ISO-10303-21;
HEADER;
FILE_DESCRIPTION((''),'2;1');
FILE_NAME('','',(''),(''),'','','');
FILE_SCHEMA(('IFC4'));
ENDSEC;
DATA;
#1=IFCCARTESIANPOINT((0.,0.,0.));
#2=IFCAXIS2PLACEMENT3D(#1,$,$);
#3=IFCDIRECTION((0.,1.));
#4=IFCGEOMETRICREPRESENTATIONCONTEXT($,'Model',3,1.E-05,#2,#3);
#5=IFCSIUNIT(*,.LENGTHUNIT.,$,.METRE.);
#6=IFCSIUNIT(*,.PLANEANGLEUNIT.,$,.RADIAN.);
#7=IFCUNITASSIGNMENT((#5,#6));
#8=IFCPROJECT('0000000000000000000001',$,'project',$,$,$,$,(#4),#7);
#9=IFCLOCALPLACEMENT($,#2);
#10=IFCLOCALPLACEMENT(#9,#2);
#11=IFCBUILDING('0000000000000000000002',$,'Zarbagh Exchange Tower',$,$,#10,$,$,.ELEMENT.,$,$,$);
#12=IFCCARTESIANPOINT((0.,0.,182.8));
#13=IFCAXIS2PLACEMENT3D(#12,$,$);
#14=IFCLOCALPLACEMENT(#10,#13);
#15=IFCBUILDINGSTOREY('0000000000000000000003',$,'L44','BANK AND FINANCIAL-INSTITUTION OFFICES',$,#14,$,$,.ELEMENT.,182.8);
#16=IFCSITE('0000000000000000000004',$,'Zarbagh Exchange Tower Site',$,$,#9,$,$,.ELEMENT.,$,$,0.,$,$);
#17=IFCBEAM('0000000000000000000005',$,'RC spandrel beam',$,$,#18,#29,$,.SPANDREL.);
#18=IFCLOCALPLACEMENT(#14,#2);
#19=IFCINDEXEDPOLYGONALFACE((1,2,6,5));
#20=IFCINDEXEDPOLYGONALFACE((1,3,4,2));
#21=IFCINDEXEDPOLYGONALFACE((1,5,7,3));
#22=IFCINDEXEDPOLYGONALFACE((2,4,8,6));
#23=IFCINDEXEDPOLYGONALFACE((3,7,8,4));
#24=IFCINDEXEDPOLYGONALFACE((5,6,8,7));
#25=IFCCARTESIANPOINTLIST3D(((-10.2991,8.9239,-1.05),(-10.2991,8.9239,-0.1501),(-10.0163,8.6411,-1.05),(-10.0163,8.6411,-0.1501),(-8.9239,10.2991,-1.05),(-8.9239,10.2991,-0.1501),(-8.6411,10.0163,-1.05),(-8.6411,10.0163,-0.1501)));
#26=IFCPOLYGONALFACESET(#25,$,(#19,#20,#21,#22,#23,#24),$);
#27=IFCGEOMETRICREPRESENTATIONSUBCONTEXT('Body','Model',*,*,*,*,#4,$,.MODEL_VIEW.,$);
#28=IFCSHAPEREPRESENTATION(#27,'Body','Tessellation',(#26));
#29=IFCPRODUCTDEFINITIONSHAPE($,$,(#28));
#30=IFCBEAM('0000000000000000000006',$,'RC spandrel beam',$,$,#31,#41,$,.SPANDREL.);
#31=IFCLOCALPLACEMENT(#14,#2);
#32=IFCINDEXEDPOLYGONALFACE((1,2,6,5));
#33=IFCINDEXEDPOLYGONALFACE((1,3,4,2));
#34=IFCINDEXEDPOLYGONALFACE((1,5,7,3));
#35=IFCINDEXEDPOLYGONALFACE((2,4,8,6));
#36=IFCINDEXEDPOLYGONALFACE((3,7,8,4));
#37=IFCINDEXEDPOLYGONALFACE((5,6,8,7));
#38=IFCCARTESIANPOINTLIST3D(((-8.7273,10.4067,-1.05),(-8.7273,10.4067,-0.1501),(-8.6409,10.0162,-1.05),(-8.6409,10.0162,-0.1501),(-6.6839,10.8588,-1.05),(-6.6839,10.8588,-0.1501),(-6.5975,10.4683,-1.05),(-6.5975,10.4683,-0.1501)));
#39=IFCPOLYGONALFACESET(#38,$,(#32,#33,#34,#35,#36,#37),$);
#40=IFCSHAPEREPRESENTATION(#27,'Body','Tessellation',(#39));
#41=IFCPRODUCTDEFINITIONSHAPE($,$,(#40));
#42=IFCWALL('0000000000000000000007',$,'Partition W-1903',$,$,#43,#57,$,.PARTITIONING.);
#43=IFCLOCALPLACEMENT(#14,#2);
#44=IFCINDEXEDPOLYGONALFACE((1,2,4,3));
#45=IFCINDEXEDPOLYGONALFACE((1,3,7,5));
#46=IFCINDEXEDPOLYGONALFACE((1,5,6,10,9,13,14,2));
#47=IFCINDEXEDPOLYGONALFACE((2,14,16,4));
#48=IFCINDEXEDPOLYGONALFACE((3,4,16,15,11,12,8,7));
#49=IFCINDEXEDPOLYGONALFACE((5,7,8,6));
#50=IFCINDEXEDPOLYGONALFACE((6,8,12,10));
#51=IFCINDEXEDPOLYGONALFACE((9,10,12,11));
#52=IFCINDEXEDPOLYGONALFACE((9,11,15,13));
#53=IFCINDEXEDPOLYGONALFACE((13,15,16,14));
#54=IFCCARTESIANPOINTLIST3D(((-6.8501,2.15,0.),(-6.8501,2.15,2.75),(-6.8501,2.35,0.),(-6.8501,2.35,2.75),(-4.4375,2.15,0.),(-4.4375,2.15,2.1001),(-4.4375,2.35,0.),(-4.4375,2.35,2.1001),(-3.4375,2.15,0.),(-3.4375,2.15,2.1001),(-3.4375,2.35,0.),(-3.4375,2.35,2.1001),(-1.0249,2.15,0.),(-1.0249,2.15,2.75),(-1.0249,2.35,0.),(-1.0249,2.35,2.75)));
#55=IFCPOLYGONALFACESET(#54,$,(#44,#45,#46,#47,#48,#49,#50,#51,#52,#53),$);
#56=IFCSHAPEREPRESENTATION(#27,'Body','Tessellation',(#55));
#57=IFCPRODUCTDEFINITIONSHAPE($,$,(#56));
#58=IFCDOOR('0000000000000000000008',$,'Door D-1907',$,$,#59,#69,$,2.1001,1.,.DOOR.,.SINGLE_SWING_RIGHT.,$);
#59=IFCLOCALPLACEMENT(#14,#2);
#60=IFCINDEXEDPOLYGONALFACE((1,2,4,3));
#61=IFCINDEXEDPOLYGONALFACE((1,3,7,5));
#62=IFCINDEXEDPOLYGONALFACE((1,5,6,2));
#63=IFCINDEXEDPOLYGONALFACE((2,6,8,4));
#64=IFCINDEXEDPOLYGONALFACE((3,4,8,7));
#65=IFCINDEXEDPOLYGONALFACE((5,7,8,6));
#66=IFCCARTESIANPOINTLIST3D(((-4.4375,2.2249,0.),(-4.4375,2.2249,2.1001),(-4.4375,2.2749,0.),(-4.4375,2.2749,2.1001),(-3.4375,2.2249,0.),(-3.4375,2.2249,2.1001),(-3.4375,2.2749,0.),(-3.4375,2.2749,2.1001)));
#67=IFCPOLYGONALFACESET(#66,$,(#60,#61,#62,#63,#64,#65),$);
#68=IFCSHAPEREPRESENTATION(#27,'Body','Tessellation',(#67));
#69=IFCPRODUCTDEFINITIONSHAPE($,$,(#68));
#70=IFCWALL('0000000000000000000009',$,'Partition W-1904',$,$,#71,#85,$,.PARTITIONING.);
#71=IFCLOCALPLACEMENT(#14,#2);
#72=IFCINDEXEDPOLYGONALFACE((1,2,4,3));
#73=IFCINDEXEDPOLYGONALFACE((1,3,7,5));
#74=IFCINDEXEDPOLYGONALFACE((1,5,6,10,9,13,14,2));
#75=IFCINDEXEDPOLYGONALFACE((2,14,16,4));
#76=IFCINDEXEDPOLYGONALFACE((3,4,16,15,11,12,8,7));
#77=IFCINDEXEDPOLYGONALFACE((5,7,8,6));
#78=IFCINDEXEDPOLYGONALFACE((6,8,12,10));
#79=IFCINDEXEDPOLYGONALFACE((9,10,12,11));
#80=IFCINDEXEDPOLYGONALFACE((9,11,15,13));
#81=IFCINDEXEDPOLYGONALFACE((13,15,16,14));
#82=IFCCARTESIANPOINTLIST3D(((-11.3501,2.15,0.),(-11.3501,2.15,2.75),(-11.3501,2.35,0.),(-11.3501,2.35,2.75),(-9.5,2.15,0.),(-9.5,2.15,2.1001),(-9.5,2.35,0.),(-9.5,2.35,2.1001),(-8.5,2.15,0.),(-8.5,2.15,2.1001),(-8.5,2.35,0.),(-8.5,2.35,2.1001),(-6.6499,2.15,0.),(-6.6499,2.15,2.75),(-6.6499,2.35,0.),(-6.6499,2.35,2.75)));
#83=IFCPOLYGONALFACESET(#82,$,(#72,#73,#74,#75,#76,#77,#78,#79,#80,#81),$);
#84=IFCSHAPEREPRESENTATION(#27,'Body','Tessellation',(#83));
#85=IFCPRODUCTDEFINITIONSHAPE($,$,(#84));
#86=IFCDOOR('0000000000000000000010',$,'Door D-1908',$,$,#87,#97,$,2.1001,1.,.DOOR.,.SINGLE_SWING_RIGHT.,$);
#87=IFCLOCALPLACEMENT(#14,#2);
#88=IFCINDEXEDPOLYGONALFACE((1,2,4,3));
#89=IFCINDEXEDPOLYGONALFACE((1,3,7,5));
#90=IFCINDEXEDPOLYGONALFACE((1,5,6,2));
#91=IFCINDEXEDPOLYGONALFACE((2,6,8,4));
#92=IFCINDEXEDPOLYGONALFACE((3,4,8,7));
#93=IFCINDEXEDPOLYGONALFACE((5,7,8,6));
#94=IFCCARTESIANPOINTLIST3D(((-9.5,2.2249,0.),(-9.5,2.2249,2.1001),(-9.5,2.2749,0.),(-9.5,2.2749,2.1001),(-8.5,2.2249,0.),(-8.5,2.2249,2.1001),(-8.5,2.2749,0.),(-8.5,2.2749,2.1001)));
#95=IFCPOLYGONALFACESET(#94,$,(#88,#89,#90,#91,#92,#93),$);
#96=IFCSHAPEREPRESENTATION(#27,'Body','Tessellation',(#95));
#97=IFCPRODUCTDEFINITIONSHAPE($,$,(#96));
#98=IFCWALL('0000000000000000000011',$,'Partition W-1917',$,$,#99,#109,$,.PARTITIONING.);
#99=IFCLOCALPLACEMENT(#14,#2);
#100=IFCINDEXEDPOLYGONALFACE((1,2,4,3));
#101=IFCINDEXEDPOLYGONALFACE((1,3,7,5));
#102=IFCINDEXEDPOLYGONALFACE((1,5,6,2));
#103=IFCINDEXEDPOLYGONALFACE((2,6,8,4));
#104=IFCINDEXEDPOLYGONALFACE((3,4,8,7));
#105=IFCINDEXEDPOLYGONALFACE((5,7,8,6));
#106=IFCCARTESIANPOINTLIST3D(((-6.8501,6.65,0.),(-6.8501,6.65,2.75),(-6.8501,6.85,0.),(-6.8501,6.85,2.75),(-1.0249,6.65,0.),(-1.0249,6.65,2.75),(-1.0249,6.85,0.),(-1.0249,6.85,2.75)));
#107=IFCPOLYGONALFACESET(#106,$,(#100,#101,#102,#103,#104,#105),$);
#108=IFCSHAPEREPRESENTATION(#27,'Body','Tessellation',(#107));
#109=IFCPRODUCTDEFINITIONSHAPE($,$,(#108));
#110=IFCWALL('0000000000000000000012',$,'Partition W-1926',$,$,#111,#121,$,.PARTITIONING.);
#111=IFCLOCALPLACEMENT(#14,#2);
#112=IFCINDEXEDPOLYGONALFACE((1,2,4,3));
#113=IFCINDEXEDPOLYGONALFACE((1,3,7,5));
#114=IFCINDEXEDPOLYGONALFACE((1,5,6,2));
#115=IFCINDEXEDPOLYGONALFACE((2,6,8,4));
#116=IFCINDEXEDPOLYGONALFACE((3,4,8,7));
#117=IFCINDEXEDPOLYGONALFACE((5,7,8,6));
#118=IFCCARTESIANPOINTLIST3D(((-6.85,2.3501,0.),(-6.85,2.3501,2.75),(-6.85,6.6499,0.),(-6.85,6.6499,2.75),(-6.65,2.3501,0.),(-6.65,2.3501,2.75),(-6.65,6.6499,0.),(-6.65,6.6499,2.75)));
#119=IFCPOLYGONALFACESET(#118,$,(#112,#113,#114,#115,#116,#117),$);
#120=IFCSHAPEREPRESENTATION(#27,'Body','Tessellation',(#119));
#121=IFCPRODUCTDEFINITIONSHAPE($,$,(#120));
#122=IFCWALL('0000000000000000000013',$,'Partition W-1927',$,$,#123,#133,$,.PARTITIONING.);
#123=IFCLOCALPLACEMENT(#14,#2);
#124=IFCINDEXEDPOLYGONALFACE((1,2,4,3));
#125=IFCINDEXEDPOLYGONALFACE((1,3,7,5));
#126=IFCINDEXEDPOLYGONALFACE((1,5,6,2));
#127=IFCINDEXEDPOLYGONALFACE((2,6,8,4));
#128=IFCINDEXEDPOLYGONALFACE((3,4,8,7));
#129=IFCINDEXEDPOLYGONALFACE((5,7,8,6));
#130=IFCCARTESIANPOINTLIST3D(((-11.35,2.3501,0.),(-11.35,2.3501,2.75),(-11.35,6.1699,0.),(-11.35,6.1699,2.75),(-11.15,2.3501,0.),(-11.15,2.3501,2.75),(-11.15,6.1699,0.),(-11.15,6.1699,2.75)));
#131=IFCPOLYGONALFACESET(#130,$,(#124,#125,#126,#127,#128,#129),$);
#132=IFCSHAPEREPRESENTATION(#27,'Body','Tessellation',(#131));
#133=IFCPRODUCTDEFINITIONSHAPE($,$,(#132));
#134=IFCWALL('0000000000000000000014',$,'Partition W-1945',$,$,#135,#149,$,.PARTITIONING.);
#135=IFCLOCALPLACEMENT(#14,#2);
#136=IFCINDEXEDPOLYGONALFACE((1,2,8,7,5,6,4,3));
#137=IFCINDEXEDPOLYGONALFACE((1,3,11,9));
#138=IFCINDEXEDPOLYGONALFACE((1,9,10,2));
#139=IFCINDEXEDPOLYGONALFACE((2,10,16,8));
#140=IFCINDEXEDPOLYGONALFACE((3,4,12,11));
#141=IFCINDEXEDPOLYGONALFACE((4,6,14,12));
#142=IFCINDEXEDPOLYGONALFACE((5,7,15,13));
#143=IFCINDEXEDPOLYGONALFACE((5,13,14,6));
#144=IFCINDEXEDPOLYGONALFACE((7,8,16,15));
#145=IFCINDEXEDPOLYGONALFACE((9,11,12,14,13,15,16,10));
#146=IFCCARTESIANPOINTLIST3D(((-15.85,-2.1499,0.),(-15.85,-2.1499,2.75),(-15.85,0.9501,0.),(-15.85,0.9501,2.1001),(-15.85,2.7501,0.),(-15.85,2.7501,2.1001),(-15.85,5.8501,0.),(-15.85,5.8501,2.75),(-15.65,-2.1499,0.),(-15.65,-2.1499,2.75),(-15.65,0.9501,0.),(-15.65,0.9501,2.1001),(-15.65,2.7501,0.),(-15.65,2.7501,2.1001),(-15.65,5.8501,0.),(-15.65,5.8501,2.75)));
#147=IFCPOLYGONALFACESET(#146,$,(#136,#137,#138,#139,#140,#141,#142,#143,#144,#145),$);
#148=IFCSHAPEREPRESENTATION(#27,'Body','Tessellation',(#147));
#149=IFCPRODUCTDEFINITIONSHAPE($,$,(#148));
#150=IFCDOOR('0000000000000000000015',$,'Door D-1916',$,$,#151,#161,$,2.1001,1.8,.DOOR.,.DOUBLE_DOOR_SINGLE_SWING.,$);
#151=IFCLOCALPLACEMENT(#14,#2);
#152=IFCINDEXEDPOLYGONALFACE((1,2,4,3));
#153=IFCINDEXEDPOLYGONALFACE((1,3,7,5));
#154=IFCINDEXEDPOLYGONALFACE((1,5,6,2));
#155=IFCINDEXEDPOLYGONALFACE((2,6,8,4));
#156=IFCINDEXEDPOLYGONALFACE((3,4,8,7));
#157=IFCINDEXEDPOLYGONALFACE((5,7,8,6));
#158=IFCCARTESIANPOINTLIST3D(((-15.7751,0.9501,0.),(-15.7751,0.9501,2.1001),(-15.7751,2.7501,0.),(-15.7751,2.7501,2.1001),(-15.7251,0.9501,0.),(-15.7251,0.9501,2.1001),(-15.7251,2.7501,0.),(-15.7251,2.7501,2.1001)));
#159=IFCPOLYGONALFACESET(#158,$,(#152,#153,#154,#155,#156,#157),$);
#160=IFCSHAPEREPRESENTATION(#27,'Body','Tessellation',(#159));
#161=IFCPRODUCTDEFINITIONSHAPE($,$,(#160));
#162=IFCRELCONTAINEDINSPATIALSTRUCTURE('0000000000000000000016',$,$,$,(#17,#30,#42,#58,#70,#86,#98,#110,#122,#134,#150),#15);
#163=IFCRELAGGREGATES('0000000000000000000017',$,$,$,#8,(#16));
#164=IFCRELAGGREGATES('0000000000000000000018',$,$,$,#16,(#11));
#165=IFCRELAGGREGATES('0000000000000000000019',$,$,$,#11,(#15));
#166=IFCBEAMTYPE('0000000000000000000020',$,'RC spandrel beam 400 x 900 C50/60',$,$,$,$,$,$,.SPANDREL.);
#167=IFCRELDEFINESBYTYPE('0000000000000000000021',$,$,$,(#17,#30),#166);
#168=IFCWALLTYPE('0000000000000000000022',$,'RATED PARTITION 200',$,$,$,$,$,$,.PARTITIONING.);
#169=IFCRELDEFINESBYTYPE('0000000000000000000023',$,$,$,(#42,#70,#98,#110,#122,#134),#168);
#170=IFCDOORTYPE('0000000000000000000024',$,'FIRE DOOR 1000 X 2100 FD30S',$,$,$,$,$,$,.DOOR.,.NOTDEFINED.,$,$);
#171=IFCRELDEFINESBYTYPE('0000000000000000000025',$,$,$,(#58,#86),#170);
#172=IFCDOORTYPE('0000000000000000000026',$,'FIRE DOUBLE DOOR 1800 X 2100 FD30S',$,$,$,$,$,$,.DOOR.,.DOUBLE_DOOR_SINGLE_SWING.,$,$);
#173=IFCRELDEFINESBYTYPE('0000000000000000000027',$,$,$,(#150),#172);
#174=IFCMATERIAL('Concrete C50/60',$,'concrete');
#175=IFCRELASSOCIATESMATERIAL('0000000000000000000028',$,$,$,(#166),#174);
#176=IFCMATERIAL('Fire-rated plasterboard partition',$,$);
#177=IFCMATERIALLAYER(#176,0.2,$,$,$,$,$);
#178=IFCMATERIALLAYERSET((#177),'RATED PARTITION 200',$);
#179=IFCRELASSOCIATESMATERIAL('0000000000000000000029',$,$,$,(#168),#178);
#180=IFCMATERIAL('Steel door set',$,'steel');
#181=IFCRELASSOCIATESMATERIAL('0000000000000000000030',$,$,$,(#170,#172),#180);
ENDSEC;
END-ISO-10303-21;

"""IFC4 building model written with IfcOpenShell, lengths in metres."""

from ifc_helpers import new_model, si_unit, direction, frame, frame_2d, origin, origin_2d, place, context, subcontext, project, spatial, rectangle, extrude, material, layer, layer_set, material_profile, profile_set, type_object, element, fill, save


model = new_model("IFC4")

# Units and contexts
model_context = context("Model", 3, precision=1e-05, world=origin(), true_north=direction((0.0, 1.0)))
body_context = subcontext(model_context, "Body", "Model", "MODEL_VIEW")
ifc_project = project(units=[si_unit("LENGTHUNIT", "METRE"), si_unit("PLANEANGLEUNIT", "RADIAN")], contexts=[model_context])

# Site, building, storey
site_placement = place(None, origin())
site = spatial("IfcSite", under=ifc_project, at=site_placement, Name="Zarbagh Exchange Tower Site", CompositionType="ELEMENT", RefElevation=0.0)
building_placement = place(site_placement, origin())
building = spatial("IfcBuilding", under=site, at=building_placement, Name="Zarbagh Exchange Tower", CompositionType="ELEMENT")
storey_placement = place(building_placement, frame((0.0, 0.0, 182.8)))
storey = spatial("IfcBuildingStorey", under=building, at=storey_placement, Name="L44", Description="BANK AND FINANCIAL-INSTITUTION OFFICES", CompositionType="ELEMENT", Elevation=182.8)

# Shared definitions
ifc_material_1 = material(Name="Concrete C50/60", Category="concrete")

# Beams
ifc_material_profile_1 = material_profile(ifc_material_1, rectangle(XDim=0.3999, YDim=0.8999, at=origin_2d()), Name="RC spandrel beam 400 x 900 C50/60")
ifc_profile_set_1 = profile_set([ifc_material_profile_1], Name="Concrete C50/60")
beam_type_1 = type_object("IfcBeamType", Name="RC spandrel beam 400 x 900 C50/60", PredefinedType="SPANDREL", material=ifc_profile_set_1)
beam_1_placement = place(storey_placement, frame((-10.1577, 8.7825, -0.6001), z_axis=(0.707107, 0.707107, 0.0), x_axis=(-0.707107, 0.707107, 0.0)))
element("IfcBeam", 1, at=beam_1_placement, inside=storey, type_object=beam_type_1, Name="RC spandrel beam", PredefinedType="SPANDREL", context=body_context, shape_type="SweptSolid", body=[
    extrude(rectangle(XDim=0.3999, YDim=0.8999, at=origin_2d()), origin(), (0.0, 0.0, 1.0), 1.9448),
])
beam_2_placement = place(storey_placement, frame((-8.6841, 10.2114, -0.6001), z_axis=(0.976384, 0.216041, 0.0), x_axis=(-0.216041, 0.976384, 0.0)))
element("IfcBeam", 2, at=beam_2_placement, inside=storey, type_object=beam_type_1, Name="RC spandrel beam", PredefinedType="SPANDREL", context=body_context, shape_type="SweptSolid", body=[
    extrude(rectangle(XDim=0.3999, YDim=0.8999, at=origin_2d()), origin(), (0.0, 0.0, 1.0), 2.0928),
])

# Walls, openings, doors
ifc_material_2 = material(Name="Fire-rated plasterboard partition")
ifc_layer = layer(ifc_material_2, 0.2)
ifc_layer_set = layer_set([ifc_layer], Name="RATED PARTITION 200")
wall_type = type_object("IfcWallType", Name="RATED PARTITION 200", PredefinedType="PARTITIONING", material=ifc_layer_set)
wall_1_placement = place(storey_placement, frame((-6.8501, 2.25, 0.0), z_axis=(0.0, 0.0, 1.0), x_axis=(1.0, 0.0, 0.0)))
wall_1 = element("IfcWall", 3, at=wall_1_placement, inside=storey, type_object=wall_type, Name="Partition W-1903", PredefinedType="PARTITIONING", context=body_context, shape_type="SweptSolid", body=[
    extrude(rectangle(XDim=5.8252, YDim=0.2, at=frame_2d((2.9126, 0.0))), origin(), (0.0, 0.0, 1.0), 2.75),
])
opening_1_placement = place(wall_1_placement, frame((2.4126, 0.0, 0.0)))
opening_1 = element("IfcOpeningElement", 4, at=opening_1_placement, cuts=wall_1, PredefinedType="OPENING", context=body_context, shape_type="SweptSolid", body=[
    extrude(rectangle(XDim=1.0, YDim=2.1001, at=frame_2d((0.5, 1.05))), frame((0.0, 0.1099, 0.0), z_axis=(0.0, -1.0, 0.0), x_axis=(1.0, 0.0, 0.0)), (0.0, 0.0, 1.0), 0.22),
])
ifc_material_3 = material(Name="Steel door set", Category="steel")
door_type_1 = type_object("IfcDoorType", Name="FIRE DOOR 1000 X 2100 FD30S", OperationType="NOTDEFINED", PredefinedType="DOOR", material=ifc_material_3)
door_1_placement = place(opening_1_placement, origin())
door_1 = element("IfcDoor", 5, at=door_1_placement, inside=storey, type_object=door_type_1, Name="Door D-1907", OperationType="SINGLE_SWING_RIGHT", OverallHeight=2.1001, OverallWidth=1.0, PredefinedType="DOOR", context=body_context, shape_type="SweptSolid", body=[
    extrude(rectangle(XDim=1.0, YDim=2.1001, at=frame_2d((0.5, 1.05))), frame((0.0, 0.0249, 0.0), z_axis=(0.0, -1.0, 0.0), x_axis=(1.0, 0.0, 0.0)), (0.0, 0.0, 1.0), 0.05),
])
fill(opening_1, door_1)
wall_2_placement = place(storey_placement, frame((-11.3501, 2.25, 0.0), z_axis=(0.0, 0.0, 1.0), x_axis=(1.0, 0.0, 0.0)))
wall_2 = element("IfcWall", 6, at=wall_2_placement, inside=storey, type_object=wall_type, Name="Partition W-1904", PredefinedType="PARTITIONING", context=body_context, shape_type="SweptSolid", body=[
    extrude(rectangle(XDim=4.7002, YDim=0.2, at=frame_2d((2.3501, 0.0))), origin(), (0.0, 0.0, 1.0), 2.75),
])
opening_2_placement = place(wall_2_placement, frame((1.8501, 0.0, 0.0)))
opening_2 = element("IfcOpeningElement", 7, at=opening_2_placement, cuts=wall_2, PredefinedType="OPENING", context=body_context, shape_type="SweptSolid", body=[
    extrude(rectangle(XDim=1.0, YDim=2.1001, at=frame_2d((0.5, 1.05))), frame((0.0, 0.1099, 0.0), z_axis=(0.0, -1.0, 0.0), x_axis=(1.0, 0.0, 0.0)), (0.0, 0.0, 1.0), 0.22),
])
door_2_placement = place(opening_2_placement, origin())
door_2 = element("IfcDoor", 8, at=door_2_placement, inside=storey, type_object=door_type_1, Name="Door D-1908", OperationType="SINGLE_SWING_RIGHT", OverallHeight=2.1001, OverallWidth=1.0, PredefinedType="DOOR", context=body_context, shape_type="SweptSolid", body=[
    extrude(rectangle(XDim=1.0, YDim=2.1001, at=frame_2d((0.5, 1.05))), frame((0.0, 0.0249, 0.0), z_axis=(0.0, -1.0, 0.0), x_axis=(1.0, 0.0, 0.0)), (0.0, 0.0, 1.0), 0.05),
])
fill(opening_2, door_2)

# Walls
wall_3_placement = place(storey_placement, frame((-6.8501, 6.75, 0.0), z_axis=(0.0, 0.0, 1.0), x_axis=(1.0, 0.0, 0.0)))
element("IfcWall", 9, at=wall_3_placement, inside=storey, type_object=wall_type, Name="Partition W-1917", PredefinedType="PARTITIONING", context=body_context, shape_type="SweptSolid", body=[
    extrude(rectangle(XDim=5.8252, YDim=0.2, at=frame_2d((2.9126, 0.0))), origin(), (0.0, 0.0, 1.0), 2.75),
])
wall_4_placement = place(storey_placement, frame((-6.75, 2.3501, 0.0), z_axis=(0.0, 0.0, 1.0), x_axis=(0.0, 1.0, 0.0)))
element("IfcWall", 10, at=wall_4_placement, inside=storey, type_object=wall_type, Name="Partition W-1926", PredefinedType="PARTITIONING", context=body_context, shape_type="SweptSolid", body=[
    extrude(rectangle(XDim=4.2998, YDim=0.2, at=frame_2d((2.1499, 0.0))), origin(), (0.0, 0.0, 1.0), 2.75),
])
wall_5_placement = place(storey_placement, frame((-11.25, 2.3501, 0.0), z_axis=(0.0, 0.0, 1.0), x_axis=(0.0, 1.0, 0.0)))
element("IfcWall", 11, at=wall_5_placement, inside=storey, type_object=wall_type, Name="Partition W-1927", PredefinedType="PARTITIONING", context=body_context, shape_type="SweptSolid", body=[
    extrude(rectangle(XDim=3.8198, YDim=0.2, at=frame_2d((1.9099, 0.0))), origin(), (0.0, 0.0, 1.0), 2.75),
])

# Wall, opening, door
wall_6_placement = place(storey_placement, frame((-15.75, 5.8501, 0.0), z_axis=(0.0, 0.0, 1.0), x_axis=(0.0, -1.0, 0.0)))
wall_6 = element("IfcWall", 12, at=wall_6_placement, inside=storey, type_object=wall_type, Name="Partition W-1945", PredefinedType="PARTITIONING", context=body_context, shape_type="SweptSolid", body=[
    extrude(rectangle(XDim=8.0, YDim=0.2, at=frame_2d((4.0, 0.0))), origin(), (0.0, 0.0, 1.0), 2.75),
])
opening_3_placement = place(wall_6_placement, frame((3.1001, 0.0, 0.0)))
opening_3 = element("IfcOpeningElement", 13, at=opening_3_placement, cuts=wall_6, PredefinedType="OPENING", context=body_context, shape_type="SweptSolid", body=[
    extrude(rectangle(XDim=1.8, YDim=2.1001, at=frame_2d((0.8999, 1.05))), frame((0.0, 0.1099, 0.0), z_axis=(0.0, -1.0, 0.0), x_axis=(1.0, 0.0, 0.0)), (0.0, 0.0, 1.0), 0.22),
])
door_type_2 = type_object("IfcDoorType", Name="FIRE DOUBLE DOOR 1800 X 2100 FD30S", OperationType="DOUBLE_DOOR_SINGLE_SWING", PredefinedType="DOOR", material=ifc_material_3)
door_3_placement = place(opening_3_placement, origin())
door_3 = element("IfcDoor", 14, at=door_3_placement, inside=storey, type_object=door_type_2, Name="Door D-1916", OperationType="DOUBLE_DOOR_SINGLE_SWING", OverallHeight=2.1001, OverallWidth=1.8, PredefinedType="DOOR", context=body_context, shape_type="SweptSolid", body=[
    extrude(rectangle(XDim=1.8, YDim=2.1001, at=frame_2d((0.8999, 1.05))), frame((0.0, 0.0249, 0.0), z_axis=(0.0, -1.0, 0.0), x_axis=(1.0, 0.0, 0.0)), (0.0, 0.0, 1.0), 0.05),
])
fill(opening_3, door_3)

save(model, "model.ifc")
